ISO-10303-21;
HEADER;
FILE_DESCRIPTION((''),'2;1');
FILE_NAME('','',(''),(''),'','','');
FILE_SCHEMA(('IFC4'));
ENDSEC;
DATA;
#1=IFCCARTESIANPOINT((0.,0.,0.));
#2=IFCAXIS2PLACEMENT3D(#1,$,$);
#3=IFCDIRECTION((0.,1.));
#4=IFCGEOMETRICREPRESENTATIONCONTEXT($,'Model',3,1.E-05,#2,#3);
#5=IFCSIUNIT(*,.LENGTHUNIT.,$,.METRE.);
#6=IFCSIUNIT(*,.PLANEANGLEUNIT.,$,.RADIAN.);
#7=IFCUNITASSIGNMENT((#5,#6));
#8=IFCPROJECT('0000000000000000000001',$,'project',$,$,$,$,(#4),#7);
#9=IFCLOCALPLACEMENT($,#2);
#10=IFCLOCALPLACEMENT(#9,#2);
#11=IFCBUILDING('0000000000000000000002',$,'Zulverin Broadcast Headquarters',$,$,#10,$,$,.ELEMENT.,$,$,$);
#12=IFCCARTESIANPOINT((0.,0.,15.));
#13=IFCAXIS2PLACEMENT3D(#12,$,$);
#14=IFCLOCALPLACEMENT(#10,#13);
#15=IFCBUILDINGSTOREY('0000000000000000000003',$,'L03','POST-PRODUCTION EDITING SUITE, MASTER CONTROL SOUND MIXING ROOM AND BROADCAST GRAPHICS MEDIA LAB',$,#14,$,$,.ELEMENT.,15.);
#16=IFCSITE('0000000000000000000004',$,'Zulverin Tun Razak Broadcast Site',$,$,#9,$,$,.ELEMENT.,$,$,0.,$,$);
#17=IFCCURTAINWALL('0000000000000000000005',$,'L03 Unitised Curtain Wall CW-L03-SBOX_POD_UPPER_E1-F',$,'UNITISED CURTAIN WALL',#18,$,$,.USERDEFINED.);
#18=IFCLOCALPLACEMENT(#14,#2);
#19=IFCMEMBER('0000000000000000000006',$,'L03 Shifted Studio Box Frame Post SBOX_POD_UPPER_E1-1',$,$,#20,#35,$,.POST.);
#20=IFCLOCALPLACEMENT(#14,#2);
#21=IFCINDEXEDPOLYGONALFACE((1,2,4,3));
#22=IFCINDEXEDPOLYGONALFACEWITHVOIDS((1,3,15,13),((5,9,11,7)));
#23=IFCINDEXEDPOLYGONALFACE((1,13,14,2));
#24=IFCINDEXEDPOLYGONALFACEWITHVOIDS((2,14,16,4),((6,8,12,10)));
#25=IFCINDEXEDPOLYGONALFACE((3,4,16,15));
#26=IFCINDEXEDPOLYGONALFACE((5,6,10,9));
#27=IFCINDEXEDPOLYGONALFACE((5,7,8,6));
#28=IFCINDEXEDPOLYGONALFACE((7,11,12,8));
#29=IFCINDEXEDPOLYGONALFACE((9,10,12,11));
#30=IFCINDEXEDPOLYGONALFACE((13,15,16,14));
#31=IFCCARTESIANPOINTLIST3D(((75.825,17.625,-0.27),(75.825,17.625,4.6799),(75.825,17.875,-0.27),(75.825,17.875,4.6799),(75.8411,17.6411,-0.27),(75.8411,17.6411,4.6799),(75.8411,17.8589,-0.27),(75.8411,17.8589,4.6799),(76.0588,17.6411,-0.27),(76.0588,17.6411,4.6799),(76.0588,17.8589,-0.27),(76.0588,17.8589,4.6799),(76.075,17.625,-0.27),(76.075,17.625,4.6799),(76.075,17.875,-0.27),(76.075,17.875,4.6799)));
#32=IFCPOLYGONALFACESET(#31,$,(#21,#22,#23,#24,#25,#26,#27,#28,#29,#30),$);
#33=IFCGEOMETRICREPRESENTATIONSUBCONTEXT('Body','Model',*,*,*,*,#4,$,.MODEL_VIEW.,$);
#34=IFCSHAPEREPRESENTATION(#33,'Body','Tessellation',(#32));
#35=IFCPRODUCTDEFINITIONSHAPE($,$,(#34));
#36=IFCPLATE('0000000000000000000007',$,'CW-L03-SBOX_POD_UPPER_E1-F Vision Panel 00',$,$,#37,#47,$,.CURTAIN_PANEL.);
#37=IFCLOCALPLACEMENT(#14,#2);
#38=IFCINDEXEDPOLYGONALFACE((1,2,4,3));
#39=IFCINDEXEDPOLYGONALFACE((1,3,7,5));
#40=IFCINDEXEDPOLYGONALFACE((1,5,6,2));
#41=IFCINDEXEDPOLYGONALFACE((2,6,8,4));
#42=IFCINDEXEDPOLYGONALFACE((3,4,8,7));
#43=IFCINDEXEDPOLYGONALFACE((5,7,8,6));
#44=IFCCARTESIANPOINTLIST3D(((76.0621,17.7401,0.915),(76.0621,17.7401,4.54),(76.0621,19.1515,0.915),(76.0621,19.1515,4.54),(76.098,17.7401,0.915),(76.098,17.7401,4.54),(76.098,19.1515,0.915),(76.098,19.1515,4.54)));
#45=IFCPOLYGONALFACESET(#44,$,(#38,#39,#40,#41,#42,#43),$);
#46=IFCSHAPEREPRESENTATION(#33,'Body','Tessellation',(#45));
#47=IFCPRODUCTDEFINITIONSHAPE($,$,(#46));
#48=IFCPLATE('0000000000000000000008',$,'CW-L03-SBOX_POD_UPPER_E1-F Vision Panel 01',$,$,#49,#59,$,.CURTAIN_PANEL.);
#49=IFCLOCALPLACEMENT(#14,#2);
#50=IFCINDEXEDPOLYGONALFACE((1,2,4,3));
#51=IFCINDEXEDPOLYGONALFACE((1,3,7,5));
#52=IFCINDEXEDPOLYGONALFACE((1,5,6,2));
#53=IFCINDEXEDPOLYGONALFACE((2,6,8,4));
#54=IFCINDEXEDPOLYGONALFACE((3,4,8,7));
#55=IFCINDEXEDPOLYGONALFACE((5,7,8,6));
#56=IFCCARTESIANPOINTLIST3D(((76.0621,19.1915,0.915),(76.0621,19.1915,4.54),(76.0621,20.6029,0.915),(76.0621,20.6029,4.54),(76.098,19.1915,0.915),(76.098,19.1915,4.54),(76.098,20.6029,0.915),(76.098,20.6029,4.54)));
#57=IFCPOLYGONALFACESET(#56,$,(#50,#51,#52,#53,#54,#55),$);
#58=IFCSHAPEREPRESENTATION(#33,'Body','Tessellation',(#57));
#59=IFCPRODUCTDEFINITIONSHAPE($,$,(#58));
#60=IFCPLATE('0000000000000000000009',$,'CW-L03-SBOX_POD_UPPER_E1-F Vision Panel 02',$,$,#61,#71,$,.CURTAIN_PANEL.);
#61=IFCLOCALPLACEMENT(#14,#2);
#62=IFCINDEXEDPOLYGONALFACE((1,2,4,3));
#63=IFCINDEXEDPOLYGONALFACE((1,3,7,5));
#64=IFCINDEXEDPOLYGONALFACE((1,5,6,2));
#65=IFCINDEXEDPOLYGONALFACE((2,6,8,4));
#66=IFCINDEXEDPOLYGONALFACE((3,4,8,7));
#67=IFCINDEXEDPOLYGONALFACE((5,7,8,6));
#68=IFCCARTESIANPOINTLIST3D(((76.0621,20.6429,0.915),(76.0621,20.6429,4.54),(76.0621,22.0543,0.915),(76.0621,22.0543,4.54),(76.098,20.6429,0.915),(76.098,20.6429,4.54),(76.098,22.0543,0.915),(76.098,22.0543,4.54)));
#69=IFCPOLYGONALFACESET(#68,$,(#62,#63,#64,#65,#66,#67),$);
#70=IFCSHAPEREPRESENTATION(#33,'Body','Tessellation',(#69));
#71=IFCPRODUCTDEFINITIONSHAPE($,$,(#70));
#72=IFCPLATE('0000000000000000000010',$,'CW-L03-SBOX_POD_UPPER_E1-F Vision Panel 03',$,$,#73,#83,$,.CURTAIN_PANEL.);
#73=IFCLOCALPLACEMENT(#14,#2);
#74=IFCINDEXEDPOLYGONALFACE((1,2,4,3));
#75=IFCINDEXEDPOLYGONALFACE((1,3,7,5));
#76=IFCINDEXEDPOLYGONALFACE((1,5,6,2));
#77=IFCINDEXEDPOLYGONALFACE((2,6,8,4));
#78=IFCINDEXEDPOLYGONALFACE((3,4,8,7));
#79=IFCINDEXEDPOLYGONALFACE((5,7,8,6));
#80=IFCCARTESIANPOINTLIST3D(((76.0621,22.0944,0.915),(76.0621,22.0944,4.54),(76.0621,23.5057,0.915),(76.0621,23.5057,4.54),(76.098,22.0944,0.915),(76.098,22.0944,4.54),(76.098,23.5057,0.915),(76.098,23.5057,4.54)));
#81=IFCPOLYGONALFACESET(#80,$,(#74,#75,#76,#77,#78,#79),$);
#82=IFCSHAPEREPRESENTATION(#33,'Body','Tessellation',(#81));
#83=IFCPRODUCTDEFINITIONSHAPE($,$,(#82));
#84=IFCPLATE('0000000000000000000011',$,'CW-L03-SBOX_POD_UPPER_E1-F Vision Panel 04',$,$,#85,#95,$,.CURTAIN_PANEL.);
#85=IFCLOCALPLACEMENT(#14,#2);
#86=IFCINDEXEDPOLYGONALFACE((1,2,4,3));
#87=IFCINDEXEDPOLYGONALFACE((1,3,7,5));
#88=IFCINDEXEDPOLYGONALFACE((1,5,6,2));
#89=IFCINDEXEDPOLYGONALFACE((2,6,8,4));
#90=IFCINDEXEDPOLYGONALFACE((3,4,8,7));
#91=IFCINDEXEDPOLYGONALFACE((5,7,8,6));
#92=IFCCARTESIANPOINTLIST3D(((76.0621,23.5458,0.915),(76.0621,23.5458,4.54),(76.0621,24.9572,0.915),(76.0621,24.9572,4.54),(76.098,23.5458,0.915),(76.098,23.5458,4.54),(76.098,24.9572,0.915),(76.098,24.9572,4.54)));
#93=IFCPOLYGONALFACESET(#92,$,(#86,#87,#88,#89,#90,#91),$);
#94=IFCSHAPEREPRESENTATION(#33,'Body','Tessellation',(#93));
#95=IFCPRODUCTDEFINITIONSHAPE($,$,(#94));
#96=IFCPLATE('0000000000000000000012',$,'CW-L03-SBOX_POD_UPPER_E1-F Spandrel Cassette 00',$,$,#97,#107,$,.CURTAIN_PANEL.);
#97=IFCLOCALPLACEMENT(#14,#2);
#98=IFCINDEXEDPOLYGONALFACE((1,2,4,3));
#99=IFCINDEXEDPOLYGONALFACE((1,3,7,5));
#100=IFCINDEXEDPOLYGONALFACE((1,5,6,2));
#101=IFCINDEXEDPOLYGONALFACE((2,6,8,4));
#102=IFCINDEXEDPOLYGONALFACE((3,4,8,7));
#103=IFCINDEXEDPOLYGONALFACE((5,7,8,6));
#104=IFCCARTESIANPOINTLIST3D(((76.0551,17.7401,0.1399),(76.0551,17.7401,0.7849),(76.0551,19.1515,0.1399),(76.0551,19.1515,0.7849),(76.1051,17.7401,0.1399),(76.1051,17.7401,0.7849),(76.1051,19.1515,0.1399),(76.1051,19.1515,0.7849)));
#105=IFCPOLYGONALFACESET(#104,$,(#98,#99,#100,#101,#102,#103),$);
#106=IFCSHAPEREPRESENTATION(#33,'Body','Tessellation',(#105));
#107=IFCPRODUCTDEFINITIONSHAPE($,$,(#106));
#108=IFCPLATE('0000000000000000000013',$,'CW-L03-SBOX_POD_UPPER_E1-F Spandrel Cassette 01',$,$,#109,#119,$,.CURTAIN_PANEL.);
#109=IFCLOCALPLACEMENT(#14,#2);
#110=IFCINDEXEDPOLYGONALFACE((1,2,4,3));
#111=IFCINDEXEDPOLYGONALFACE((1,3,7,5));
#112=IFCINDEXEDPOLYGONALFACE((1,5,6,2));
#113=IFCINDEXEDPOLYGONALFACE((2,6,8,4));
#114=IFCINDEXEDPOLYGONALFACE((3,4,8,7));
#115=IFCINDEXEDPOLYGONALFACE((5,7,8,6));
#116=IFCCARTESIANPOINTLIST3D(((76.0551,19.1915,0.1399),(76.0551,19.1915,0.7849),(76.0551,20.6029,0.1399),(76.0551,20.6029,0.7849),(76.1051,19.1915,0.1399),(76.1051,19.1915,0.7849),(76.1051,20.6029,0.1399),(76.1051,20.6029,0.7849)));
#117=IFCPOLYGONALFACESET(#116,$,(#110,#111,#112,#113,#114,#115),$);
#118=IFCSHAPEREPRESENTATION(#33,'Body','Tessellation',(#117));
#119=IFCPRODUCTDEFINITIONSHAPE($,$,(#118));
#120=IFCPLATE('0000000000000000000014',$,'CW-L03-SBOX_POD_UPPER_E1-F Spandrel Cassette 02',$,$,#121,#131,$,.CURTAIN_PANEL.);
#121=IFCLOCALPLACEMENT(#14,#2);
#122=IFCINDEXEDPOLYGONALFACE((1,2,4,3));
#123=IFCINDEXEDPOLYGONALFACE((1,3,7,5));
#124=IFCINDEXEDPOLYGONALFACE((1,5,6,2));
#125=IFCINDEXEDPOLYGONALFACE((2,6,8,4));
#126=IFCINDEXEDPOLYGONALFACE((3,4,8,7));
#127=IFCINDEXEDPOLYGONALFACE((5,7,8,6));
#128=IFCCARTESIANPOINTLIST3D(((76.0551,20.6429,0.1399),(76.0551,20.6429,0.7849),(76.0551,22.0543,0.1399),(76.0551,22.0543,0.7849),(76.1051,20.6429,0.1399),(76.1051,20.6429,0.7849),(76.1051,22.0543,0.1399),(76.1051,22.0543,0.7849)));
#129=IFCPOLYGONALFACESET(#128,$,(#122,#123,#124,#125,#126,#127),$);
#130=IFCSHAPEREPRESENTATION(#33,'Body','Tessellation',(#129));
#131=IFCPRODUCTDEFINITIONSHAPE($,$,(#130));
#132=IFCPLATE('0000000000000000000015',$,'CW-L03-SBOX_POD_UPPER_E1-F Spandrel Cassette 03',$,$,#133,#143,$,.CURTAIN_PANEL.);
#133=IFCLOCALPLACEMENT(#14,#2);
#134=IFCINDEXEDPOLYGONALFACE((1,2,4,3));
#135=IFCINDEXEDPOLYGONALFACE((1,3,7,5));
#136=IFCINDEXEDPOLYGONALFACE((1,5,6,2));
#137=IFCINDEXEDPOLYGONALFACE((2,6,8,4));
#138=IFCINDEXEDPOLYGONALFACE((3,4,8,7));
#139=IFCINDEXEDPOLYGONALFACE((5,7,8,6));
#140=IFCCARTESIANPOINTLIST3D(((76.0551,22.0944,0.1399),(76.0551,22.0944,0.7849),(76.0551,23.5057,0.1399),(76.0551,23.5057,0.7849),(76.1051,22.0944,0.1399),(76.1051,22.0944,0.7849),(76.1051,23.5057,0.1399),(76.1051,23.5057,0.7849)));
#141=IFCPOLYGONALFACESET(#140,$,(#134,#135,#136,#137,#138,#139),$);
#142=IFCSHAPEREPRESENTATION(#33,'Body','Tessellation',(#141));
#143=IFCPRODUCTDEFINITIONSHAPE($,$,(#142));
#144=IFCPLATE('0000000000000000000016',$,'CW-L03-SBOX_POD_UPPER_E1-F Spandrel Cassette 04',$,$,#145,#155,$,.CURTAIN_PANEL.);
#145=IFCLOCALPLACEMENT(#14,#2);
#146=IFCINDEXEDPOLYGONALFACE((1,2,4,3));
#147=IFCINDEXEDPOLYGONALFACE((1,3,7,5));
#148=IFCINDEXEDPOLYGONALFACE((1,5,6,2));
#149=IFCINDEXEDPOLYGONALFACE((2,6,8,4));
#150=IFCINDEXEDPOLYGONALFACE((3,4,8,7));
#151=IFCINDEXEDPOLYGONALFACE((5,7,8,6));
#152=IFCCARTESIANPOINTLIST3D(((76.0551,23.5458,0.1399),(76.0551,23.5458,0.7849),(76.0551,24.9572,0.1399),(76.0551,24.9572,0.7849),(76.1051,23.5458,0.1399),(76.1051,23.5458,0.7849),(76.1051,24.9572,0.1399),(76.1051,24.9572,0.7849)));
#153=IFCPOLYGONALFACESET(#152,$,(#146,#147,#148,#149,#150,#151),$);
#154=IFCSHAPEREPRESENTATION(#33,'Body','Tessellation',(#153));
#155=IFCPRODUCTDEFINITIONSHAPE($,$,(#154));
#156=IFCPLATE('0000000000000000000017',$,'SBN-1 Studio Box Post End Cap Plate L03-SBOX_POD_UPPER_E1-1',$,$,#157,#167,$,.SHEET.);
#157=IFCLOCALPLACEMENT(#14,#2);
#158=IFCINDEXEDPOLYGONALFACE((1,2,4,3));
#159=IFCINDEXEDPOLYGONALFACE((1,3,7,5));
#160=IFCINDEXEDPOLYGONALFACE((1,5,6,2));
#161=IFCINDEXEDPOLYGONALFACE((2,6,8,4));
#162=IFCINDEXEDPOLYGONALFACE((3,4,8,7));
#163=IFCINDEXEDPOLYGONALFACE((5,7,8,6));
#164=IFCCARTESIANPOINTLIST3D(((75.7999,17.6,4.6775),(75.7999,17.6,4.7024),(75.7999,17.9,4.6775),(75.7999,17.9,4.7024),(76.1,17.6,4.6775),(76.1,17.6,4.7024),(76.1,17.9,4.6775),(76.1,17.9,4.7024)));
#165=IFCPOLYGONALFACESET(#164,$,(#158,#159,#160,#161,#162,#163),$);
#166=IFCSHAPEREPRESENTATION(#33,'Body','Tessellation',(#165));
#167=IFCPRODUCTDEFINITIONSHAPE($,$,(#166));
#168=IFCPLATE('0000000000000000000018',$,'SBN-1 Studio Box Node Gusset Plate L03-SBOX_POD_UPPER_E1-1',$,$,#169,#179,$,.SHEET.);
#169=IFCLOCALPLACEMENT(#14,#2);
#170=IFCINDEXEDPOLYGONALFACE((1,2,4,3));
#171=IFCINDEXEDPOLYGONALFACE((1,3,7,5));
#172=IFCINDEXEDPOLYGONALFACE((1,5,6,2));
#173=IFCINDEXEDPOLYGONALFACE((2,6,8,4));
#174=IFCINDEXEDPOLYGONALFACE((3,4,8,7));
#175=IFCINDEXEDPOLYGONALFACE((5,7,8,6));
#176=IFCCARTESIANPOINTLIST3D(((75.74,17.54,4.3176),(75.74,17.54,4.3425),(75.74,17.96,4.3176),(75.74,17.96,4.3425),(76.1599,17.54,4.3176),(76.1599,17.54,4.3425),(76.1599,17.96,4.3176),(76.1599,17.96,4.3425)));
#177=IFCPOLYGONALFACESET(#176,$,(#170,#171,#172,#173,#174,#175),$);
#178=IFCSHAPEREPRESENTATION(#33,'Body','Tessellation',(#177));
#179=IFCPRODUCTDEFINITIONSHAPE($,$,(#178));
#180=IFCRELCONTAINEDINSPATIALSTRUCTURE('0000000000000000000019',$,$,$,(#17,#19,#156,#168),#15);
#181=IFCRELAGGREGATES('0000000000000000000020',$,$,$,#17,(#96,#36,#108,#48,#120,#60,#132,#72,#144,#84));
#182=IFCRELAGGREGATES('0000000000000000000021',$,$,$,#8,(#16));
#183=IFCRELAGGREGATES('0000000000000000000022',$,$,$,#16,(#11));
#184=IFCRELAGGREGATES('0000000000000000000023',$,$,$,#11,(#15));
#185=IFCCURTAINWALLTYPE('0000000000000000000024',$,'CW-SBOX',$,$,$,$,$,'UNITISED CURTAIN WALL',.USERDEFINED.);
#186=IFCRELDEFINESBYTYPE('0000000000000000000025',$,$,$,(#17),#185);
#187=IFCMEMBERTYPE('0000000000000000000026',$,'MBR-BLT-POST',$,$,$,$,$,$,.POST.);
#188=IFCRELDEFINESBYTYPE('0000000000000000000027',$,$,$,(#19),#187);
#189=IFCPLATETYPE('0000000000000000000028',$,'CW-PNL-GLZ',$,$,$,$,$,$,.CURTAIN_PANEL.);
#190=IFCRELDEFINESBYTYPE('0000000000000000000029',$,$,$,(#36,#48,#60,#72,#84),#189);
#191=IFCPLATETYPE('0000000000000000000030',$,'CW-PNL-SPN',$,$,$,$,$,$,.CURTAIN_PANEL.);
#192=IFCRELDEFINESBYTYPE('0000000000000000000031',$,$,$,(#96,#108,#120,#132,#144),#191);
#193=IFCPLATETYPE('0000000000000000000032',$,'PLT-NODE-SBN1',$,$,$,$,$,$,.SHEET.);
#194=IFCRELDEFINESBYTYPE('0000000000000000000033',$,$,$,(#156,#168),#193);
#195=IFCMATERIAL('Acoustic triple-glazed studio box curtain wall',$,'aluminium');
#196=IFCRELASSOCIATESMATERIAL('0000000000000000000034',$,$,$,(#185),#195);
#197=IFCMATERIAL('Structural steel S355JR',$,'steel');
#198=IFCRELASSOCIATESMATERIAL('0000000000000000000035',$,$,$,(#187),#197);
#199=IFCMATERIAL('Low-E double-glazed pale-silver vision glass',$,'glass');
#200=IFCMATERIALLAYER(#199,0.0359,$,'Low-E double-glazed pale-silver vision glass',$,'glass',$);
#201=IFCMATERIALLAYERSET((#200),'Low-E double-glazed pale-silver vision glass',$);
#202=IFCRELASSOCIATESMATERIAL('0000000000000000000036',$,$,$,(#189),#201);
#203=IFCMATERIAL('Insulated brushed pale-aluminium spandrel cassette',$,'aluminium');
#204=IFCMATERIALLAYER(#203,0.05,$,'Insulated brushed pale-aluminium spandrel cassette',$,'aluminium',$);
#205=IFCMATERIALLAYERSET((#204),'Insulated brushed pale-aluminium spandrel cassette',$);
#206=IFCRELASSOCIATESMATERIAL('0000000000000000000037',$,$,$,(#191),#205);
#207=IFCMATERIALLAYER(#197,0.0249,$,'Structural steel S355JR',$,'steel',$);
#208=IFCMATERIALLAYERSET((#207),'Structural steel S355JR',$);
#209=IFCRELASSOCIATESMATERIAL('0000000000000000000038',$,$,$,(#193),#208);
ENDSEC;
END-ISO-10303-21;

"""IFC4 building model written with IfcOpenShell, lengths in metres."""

from ifc_helpers import new_model, si_unit, direction, frame, origin, origin_2d, place, context, subcontext, project, spatial, rectangle, hollow_rectangle, extrude, material, layer, layer_set, material_profile, profile_set, type_object, element, aggregate, save


model = new_model("IFC4")

# Units and contexts
model_context = context("Model", 3, precision=1e-05, world=origin(), true_north=direction((0.0, 1.0)))
body_context = subcontext(model_context, "Body", "Model", "MODEL_VIEW")
ifc_project = project(units=[si_unit("LENGTHUNIT", "METRE"), si_unit("PLANEANGLEUNIT", "RADIAN")], contexts=[model_context])

# Site, building, storey
site_placement = place(None, origin())
site = spatial("IfcSite", under=ifc_project, at=site_placement, Name="Zulverin Tun Razak Broadcast Site", CompositionType="ELEMENT", RefElevation=0.0)
building_placement = place(site_placement, origin())
building = spatial("IfcBuilding", under=site, at=building_placement, Name="Zulverin Broadcast Headquarters", CompositionType="ELEMENT")
storey_placement = place(building_placement, frame((0.0, 0.0, 15.0)))
storey = spatial("IfcBuildingStorey", under=building, at=storey_placement, Name="L03", Description="POST-PRODUCTION EDITING SUITE, MASTER CONTROL SOUND MIXING ROOM AND BROADCAST GRAPHICS MEDIA LAB", CompositionType="ELEMENT", Elevation=15.0)

# Shared definitions
ifc_material_1 = material(Name="Structural steel S355JR", Category="steel")

# Curtain wall
ifc_material_2 = material(Name="Acoustic triple-glazed studio box curtain wall", Category="aluminium")
curtain_wall_type = type_object("IfcCurtainWallType", Name="CW-SBOX", ElementType="UNITISED CURTAIN WALL", PredefinedType="USERDEFINED", material=ifc_material_2)
curtain_wall_placement = place(storey_placement, origin())
curtain_wall = element("IfcCurtainWall", 1, at=curtain_wall_placement, inside=storey, type_object=curtain_wall_type, Name="L03 Unitised Curtain Wall CW-L03-SBOX_POD_UPPER_E1-F", ObjectType="UNITISED CURTAIN WALL", PredefinedType="USERDEFINED")

# Member
ifc_material_profile_1 = material_profile(ifc_material_1, hollow_rectangle(XDim=0.25, YDim=0.25, WallThickness=0.0161, at=origin_2d()), Name="Structural steel S355JR", Category="steel")
ifc_profile_set_1 = profile_set([ifc_material_profile_1], Name="Structural steel S355JR")
member_type_1 = type_object("IfcMemberType", Name="MBR-BLT-POST", PredefinedType="POST", material=ifc_profile_set_1)
member_1_placement = place(storey_placement, frame((75.95, 17.75, -0.27), z_axis=(0.0, 0.0, 1.0), x_axis=(1.0, 0.0, 0.0)))
element("IfcMember", 2, at=member_1_placement, inside=storey, type_object=member_type_1, Name="L03 Shifted Studio Box Frame Post SBOX_POD_UPPER_E1-1", PredefinedType="POST", context=body_context, shape_type="SweptSolid", body=[
    extrude(hollow_rectangle(XDim=0.25, YDim=0.25, WallThickness=0.0161, at=origin_2d()), origin(), (0.0, 0.0, 1.0), 4.95),
])

# Plates
ifc_material_3 = material(Name="Low-E double-glazed pale-silver vision glass", Category="glass")
ifc_layer_1 = layer(ifc_material_3, 0.0359, Name="Low-E double-glazed pale-silver vision glass", Category="glass")
ifc_layer_set_1 = layer_set([ifc_layer_1], Name="Low-E double-glazed pale-silver vision glass")
plate_type_1 = type_object("IfcPlateType", Name="CW-PNL-GLZ", PredefinedType="CURTAIN_PANEL", material=ifc_layer_set_1)
plate_1_placement = place(storey_placement, frame((76.0801, 18.4458, 0.915), z_axis=(0.0, 0.0, 1.0), x_axis=(0.0, 1.0, 0.0)))
plate_1 = element("IfcPlate", 3, at=plate_1_placement, type_object=plate_type_1, Name="CW-L03-SBOX_POD_UPPER_E1-F Vision Panel 00", PredefinedType="CURTAIN_PANEL", context=body_context, shape_type="SweptSolid", body=[
    extrude(rectangle(XDim=1.4114, YDim=0.0359, at=origin_2d()), origin(), (0.0, 0.0, 1.0), 3.625),
])
plate_2_placement = place(storey_placement, frame((76.0801, 19.8972, 0.915), z_axis=(0.0, 0.0, 1.0), x_axis=(0.0, 1.0, 0.0)))
plate_2 = element("IfcPlate", 4, at=plate_2_placement, type_object=plate_type_1, Name="CW-L03-SBOX_POD_UPPER_E1-F Vision Panel 01", PredefinedType="CURTAIN_PANEL", context=body_context, shape_type="SweptSolid", body=[
    extrude(rectangle(XDim=1.4114, YDim=0.0359, at=origin_2d()), origin(), (0.0, 0.0, 1.0), 3.625),
])
plate_3_placement = place(storey_placement, frame((76.0801, 21.3486, 0.915), z_axis=(0.0, 0.0, 1.0), x_axis=(0.0, 1.0, 0.0)))
plate_3 = element("IfcPlate", 5, at=plate_3_placement, type_object=plate_type_1, Name="CW-L03-SBOX_POD_UPPER_E1-F Vision Panel 02", PredefinedType="CURTAIN_PANEL", context=body_context, shape_type="SweptSolid", body=[
    extrude(rectangle(XDim=1.4114, YDim=0.0359, at=origin_2d()), origin(), (0.0, 0.0, 1.0), 3.625),
])
plate_4_placement = place(storey_placement, frame((76.0801, 22.8, 0.915), z_axis=(0.0, 0.0, 1.0), x_axis=(0.0, 1.0, 0.0)))
plate_4 = element("IfcPlate", 6, at=plate_4_placement, type_object=plate_type_1, Name="CW-L03-SBOX_POD_UPPER_E1-F Vision Panel 03", PredefinedType="CURTAIN_PANEL", context=body_context, shape_type="SweptSolid", body=[
    extrude(rectangle(XDim=1.4114, YDim=0.0359, at=origin_2d()), origin(), (0.0, 0.0, 1.0), 3.625),
])
plate_5_placement = place(storey_placement, frame((76.0801, 24.2515, 0.915), z_axis=(0.0, 0.0, 1.0), x_axis=(0.0, 1.0, 0.0)))
plate_5 = element("IfcPlate", 7, at=plate_5_placement, type_object=plate_type_1, Name="CW-L03-SBOX_POD_UPPER_E1-F Vision Panel 04", PredefinedType="CURTAIN_PANEL", context=body_context, shape_type="SweptSolid", body=[
    extrude(rectangle(XDim=1.4114, YDim=0.0359, at=origin_2d()), origin(), (0.0, 0.0, 1.0), 3.625),
])
ifc_material_4 = material(Name="Insulated brushed pale-aluminium spandrel cassette", Category="aluminium")
ifc_layer_2 = layer(ifc_material_4, 0.05, Name="Insulated brushed pale-aluminium spandrel cassette", Category="aluminium")
ifc_layer_set_2 = layer_set([ifc_layer_2], Name="Insulated brushed pale-aluminium spandrel cassette")
plate_type_2 = type_object("IfcPlateType", Name="CW-PNL-SPN", PredefinedType="CURTAIN_PANEL", material=ifc_layer_set_2)
plate_6_placement = place(storey_placement, frame((76.0801, 18.4458, 0.1399), z_axis=(0.0, 0.0, 1.0), x_axis=(0.0, 1.0, 0.0)))
plate_6 = element("IfcPlate", 8, at=plate_6_placement, type_object=plate_type_2, Name="CW-L03-SBOX_POD_UPPER_E1-F Spandrel Cassette 00", PredefinedType="CURTAIN_PANEL", context=body_context, shape_type="SweptSolid", body=[
    extrude(rectangle(XDim=1.4114, YDim=0.05, at=origin_2d()), origin(), (0.0, 0.0, 1.0), 0.645),
])
plate_7_placement = place(storey_placement, frame((76.0801, 19.8972, 0.1399), z_axis=(0.0, 0.0, 1.0), x_axis=(0.0, 1.0, 0.0)))
plate_7 = element("IfcPlate", 9, at=plate_7_placement, type_object=plate_type_2, Name="CW-L03-SBOX_POD_UPPER_E1-F Spandrel Cassette 01", PredefinedType="CURTAIN_PANEL", context=body_context, shape_type="SweptSolid", body=[
    extrude(rectangle(XDim=1.4114, YDim=0.05, at=origin_2d()), origin(), (0.0, 0.0, 1.0), 0.645),
])
plate_8_placement = place(storey_placement, frame((76.0801, 21.3486, 0.1399), z_axis=(0.0, 0.0, 1.0), x_axis=(0.0, 1.0, 0.0)))
plate_8 = element("IfcPlate", 10, at=plate_8_placement, type_object=plate_type_2, Name="CW-L03-SBOX_POD_UPPER_E1-F Spandrel Cassette 02", PredefinedType="CURTAIN_PANEL", context=body_context, shape_type="SweptSolid", body=[
    extrude(rectangle(XDim=1.4114, YDim=0.05, at=origin_2d()), origin(), (0.0, 0.0, 1.0), 0.645),
])
plate_9_placement = place(storey_placement, frame((76.0801, 22.8, 0.1399), z_axis=(0.0, 0.0, 1.0), x_axis=(0.0, 1.0, 0.0)))
plate_9 = element("IfcPlate", 11, at=plate_9_placement, type_object=plate_type_2, Name="CW-L03-SBOX_POD_UPPER_E1-F Spandrel Cassette 03", PredefinedType="CURTAIN_PANEL", context=body_context, shape_type="SweptSolid", body=[
    extrude(rectangle(XDim=1.4114, YDim=0.05, at=origin_2d()), origin(), (0.0, 0.0, 1.0), 0.645),
])
plate_10_placement = place(storey_placement, frame((76.0801, 24.2515, 0.1399), z_axis=(0.0, 0.0, 1.0), x_axis=(0.0, 1.0, 0.0)))
plate_10 = element("IfcPlate", 12, at=plate_10_placement, type_object=plate_type_2, Name="CW-L03-SBOX_POD_UPPER_E1-F Spandrel Cassette 04", PredefinedType="CURTAIN_PANEL", context=body_context, shape_type="SweptSolid", body=[
    extrude(rectangle(XDim=1.4114, YDim=0.05, at=origin_2d()), origin(), (0.0, 0.0, 1.0), 0.645),
])
aggregate(curtain_wall, [plate_6, plate_1, plate_7, plate_2, plate_8, plate_3, plate_9, plate_4, plate_10, plate_5])

# Plates
ifc_layer_3 = layer(ifc_material_1, 0.0249, Name="Structural steel S355JR", Category="steel")
ifc_layer_set_3 = layer_set([ifc_layer_3], Name="Structural steel S355JR")
plate_type_3 = type_object("IfcPlateType", Name="PLT-NODE-SBN1", PredefinedType="SHEET", material=ifc_layer_set_3)
plate_11_placement = place(storey_placement, frame((75.95, 17.75, 4.6775), z_axis=(0.0, 0.0, 1.0), x_axis=(1.0, 0.0, 0.0)))
element("IfcPlate", 13, at=plate_11_placement, inside=storey, type_object=plate_type_3, Name="SBN-1 Studio Box Post End Cap Plate L03-SBOX_POD_UPPER_E1-1", PredefinedType="SHEET", context=body_context, shape_type="SweptSolid", body=[
    extrude(rectangle(XDim=0.3, YDim=0.3, at=origin_2d()), origin(), (0.0, 0.0, 1.0), 0.0249),
])
plate_12_placement = place(storey_placement, frame((75.95, 17.75, 4.3176), z_axis=(0.0, 0.0, 1.0), x_axis=(1.0, 0.0, 0.0)))
element("IfcPlate", 14, at=plate_12_placement, inside=storey, type_object=plate_type_3, Name="SBN-1 Studio Box Node Gusset Plate L03-SBOX_POD_UPPER_E1-1", PredefinedType="SHEET", context=body_context, shape_type="SweptSolid", body=[
    extrude(rectangle(XDim=0.4199, YDim=0.4199, at=origin_2d()), origin(), (0.0, 0.0, 1.0), 0.0249),
])

save(model, "model.ifc")
